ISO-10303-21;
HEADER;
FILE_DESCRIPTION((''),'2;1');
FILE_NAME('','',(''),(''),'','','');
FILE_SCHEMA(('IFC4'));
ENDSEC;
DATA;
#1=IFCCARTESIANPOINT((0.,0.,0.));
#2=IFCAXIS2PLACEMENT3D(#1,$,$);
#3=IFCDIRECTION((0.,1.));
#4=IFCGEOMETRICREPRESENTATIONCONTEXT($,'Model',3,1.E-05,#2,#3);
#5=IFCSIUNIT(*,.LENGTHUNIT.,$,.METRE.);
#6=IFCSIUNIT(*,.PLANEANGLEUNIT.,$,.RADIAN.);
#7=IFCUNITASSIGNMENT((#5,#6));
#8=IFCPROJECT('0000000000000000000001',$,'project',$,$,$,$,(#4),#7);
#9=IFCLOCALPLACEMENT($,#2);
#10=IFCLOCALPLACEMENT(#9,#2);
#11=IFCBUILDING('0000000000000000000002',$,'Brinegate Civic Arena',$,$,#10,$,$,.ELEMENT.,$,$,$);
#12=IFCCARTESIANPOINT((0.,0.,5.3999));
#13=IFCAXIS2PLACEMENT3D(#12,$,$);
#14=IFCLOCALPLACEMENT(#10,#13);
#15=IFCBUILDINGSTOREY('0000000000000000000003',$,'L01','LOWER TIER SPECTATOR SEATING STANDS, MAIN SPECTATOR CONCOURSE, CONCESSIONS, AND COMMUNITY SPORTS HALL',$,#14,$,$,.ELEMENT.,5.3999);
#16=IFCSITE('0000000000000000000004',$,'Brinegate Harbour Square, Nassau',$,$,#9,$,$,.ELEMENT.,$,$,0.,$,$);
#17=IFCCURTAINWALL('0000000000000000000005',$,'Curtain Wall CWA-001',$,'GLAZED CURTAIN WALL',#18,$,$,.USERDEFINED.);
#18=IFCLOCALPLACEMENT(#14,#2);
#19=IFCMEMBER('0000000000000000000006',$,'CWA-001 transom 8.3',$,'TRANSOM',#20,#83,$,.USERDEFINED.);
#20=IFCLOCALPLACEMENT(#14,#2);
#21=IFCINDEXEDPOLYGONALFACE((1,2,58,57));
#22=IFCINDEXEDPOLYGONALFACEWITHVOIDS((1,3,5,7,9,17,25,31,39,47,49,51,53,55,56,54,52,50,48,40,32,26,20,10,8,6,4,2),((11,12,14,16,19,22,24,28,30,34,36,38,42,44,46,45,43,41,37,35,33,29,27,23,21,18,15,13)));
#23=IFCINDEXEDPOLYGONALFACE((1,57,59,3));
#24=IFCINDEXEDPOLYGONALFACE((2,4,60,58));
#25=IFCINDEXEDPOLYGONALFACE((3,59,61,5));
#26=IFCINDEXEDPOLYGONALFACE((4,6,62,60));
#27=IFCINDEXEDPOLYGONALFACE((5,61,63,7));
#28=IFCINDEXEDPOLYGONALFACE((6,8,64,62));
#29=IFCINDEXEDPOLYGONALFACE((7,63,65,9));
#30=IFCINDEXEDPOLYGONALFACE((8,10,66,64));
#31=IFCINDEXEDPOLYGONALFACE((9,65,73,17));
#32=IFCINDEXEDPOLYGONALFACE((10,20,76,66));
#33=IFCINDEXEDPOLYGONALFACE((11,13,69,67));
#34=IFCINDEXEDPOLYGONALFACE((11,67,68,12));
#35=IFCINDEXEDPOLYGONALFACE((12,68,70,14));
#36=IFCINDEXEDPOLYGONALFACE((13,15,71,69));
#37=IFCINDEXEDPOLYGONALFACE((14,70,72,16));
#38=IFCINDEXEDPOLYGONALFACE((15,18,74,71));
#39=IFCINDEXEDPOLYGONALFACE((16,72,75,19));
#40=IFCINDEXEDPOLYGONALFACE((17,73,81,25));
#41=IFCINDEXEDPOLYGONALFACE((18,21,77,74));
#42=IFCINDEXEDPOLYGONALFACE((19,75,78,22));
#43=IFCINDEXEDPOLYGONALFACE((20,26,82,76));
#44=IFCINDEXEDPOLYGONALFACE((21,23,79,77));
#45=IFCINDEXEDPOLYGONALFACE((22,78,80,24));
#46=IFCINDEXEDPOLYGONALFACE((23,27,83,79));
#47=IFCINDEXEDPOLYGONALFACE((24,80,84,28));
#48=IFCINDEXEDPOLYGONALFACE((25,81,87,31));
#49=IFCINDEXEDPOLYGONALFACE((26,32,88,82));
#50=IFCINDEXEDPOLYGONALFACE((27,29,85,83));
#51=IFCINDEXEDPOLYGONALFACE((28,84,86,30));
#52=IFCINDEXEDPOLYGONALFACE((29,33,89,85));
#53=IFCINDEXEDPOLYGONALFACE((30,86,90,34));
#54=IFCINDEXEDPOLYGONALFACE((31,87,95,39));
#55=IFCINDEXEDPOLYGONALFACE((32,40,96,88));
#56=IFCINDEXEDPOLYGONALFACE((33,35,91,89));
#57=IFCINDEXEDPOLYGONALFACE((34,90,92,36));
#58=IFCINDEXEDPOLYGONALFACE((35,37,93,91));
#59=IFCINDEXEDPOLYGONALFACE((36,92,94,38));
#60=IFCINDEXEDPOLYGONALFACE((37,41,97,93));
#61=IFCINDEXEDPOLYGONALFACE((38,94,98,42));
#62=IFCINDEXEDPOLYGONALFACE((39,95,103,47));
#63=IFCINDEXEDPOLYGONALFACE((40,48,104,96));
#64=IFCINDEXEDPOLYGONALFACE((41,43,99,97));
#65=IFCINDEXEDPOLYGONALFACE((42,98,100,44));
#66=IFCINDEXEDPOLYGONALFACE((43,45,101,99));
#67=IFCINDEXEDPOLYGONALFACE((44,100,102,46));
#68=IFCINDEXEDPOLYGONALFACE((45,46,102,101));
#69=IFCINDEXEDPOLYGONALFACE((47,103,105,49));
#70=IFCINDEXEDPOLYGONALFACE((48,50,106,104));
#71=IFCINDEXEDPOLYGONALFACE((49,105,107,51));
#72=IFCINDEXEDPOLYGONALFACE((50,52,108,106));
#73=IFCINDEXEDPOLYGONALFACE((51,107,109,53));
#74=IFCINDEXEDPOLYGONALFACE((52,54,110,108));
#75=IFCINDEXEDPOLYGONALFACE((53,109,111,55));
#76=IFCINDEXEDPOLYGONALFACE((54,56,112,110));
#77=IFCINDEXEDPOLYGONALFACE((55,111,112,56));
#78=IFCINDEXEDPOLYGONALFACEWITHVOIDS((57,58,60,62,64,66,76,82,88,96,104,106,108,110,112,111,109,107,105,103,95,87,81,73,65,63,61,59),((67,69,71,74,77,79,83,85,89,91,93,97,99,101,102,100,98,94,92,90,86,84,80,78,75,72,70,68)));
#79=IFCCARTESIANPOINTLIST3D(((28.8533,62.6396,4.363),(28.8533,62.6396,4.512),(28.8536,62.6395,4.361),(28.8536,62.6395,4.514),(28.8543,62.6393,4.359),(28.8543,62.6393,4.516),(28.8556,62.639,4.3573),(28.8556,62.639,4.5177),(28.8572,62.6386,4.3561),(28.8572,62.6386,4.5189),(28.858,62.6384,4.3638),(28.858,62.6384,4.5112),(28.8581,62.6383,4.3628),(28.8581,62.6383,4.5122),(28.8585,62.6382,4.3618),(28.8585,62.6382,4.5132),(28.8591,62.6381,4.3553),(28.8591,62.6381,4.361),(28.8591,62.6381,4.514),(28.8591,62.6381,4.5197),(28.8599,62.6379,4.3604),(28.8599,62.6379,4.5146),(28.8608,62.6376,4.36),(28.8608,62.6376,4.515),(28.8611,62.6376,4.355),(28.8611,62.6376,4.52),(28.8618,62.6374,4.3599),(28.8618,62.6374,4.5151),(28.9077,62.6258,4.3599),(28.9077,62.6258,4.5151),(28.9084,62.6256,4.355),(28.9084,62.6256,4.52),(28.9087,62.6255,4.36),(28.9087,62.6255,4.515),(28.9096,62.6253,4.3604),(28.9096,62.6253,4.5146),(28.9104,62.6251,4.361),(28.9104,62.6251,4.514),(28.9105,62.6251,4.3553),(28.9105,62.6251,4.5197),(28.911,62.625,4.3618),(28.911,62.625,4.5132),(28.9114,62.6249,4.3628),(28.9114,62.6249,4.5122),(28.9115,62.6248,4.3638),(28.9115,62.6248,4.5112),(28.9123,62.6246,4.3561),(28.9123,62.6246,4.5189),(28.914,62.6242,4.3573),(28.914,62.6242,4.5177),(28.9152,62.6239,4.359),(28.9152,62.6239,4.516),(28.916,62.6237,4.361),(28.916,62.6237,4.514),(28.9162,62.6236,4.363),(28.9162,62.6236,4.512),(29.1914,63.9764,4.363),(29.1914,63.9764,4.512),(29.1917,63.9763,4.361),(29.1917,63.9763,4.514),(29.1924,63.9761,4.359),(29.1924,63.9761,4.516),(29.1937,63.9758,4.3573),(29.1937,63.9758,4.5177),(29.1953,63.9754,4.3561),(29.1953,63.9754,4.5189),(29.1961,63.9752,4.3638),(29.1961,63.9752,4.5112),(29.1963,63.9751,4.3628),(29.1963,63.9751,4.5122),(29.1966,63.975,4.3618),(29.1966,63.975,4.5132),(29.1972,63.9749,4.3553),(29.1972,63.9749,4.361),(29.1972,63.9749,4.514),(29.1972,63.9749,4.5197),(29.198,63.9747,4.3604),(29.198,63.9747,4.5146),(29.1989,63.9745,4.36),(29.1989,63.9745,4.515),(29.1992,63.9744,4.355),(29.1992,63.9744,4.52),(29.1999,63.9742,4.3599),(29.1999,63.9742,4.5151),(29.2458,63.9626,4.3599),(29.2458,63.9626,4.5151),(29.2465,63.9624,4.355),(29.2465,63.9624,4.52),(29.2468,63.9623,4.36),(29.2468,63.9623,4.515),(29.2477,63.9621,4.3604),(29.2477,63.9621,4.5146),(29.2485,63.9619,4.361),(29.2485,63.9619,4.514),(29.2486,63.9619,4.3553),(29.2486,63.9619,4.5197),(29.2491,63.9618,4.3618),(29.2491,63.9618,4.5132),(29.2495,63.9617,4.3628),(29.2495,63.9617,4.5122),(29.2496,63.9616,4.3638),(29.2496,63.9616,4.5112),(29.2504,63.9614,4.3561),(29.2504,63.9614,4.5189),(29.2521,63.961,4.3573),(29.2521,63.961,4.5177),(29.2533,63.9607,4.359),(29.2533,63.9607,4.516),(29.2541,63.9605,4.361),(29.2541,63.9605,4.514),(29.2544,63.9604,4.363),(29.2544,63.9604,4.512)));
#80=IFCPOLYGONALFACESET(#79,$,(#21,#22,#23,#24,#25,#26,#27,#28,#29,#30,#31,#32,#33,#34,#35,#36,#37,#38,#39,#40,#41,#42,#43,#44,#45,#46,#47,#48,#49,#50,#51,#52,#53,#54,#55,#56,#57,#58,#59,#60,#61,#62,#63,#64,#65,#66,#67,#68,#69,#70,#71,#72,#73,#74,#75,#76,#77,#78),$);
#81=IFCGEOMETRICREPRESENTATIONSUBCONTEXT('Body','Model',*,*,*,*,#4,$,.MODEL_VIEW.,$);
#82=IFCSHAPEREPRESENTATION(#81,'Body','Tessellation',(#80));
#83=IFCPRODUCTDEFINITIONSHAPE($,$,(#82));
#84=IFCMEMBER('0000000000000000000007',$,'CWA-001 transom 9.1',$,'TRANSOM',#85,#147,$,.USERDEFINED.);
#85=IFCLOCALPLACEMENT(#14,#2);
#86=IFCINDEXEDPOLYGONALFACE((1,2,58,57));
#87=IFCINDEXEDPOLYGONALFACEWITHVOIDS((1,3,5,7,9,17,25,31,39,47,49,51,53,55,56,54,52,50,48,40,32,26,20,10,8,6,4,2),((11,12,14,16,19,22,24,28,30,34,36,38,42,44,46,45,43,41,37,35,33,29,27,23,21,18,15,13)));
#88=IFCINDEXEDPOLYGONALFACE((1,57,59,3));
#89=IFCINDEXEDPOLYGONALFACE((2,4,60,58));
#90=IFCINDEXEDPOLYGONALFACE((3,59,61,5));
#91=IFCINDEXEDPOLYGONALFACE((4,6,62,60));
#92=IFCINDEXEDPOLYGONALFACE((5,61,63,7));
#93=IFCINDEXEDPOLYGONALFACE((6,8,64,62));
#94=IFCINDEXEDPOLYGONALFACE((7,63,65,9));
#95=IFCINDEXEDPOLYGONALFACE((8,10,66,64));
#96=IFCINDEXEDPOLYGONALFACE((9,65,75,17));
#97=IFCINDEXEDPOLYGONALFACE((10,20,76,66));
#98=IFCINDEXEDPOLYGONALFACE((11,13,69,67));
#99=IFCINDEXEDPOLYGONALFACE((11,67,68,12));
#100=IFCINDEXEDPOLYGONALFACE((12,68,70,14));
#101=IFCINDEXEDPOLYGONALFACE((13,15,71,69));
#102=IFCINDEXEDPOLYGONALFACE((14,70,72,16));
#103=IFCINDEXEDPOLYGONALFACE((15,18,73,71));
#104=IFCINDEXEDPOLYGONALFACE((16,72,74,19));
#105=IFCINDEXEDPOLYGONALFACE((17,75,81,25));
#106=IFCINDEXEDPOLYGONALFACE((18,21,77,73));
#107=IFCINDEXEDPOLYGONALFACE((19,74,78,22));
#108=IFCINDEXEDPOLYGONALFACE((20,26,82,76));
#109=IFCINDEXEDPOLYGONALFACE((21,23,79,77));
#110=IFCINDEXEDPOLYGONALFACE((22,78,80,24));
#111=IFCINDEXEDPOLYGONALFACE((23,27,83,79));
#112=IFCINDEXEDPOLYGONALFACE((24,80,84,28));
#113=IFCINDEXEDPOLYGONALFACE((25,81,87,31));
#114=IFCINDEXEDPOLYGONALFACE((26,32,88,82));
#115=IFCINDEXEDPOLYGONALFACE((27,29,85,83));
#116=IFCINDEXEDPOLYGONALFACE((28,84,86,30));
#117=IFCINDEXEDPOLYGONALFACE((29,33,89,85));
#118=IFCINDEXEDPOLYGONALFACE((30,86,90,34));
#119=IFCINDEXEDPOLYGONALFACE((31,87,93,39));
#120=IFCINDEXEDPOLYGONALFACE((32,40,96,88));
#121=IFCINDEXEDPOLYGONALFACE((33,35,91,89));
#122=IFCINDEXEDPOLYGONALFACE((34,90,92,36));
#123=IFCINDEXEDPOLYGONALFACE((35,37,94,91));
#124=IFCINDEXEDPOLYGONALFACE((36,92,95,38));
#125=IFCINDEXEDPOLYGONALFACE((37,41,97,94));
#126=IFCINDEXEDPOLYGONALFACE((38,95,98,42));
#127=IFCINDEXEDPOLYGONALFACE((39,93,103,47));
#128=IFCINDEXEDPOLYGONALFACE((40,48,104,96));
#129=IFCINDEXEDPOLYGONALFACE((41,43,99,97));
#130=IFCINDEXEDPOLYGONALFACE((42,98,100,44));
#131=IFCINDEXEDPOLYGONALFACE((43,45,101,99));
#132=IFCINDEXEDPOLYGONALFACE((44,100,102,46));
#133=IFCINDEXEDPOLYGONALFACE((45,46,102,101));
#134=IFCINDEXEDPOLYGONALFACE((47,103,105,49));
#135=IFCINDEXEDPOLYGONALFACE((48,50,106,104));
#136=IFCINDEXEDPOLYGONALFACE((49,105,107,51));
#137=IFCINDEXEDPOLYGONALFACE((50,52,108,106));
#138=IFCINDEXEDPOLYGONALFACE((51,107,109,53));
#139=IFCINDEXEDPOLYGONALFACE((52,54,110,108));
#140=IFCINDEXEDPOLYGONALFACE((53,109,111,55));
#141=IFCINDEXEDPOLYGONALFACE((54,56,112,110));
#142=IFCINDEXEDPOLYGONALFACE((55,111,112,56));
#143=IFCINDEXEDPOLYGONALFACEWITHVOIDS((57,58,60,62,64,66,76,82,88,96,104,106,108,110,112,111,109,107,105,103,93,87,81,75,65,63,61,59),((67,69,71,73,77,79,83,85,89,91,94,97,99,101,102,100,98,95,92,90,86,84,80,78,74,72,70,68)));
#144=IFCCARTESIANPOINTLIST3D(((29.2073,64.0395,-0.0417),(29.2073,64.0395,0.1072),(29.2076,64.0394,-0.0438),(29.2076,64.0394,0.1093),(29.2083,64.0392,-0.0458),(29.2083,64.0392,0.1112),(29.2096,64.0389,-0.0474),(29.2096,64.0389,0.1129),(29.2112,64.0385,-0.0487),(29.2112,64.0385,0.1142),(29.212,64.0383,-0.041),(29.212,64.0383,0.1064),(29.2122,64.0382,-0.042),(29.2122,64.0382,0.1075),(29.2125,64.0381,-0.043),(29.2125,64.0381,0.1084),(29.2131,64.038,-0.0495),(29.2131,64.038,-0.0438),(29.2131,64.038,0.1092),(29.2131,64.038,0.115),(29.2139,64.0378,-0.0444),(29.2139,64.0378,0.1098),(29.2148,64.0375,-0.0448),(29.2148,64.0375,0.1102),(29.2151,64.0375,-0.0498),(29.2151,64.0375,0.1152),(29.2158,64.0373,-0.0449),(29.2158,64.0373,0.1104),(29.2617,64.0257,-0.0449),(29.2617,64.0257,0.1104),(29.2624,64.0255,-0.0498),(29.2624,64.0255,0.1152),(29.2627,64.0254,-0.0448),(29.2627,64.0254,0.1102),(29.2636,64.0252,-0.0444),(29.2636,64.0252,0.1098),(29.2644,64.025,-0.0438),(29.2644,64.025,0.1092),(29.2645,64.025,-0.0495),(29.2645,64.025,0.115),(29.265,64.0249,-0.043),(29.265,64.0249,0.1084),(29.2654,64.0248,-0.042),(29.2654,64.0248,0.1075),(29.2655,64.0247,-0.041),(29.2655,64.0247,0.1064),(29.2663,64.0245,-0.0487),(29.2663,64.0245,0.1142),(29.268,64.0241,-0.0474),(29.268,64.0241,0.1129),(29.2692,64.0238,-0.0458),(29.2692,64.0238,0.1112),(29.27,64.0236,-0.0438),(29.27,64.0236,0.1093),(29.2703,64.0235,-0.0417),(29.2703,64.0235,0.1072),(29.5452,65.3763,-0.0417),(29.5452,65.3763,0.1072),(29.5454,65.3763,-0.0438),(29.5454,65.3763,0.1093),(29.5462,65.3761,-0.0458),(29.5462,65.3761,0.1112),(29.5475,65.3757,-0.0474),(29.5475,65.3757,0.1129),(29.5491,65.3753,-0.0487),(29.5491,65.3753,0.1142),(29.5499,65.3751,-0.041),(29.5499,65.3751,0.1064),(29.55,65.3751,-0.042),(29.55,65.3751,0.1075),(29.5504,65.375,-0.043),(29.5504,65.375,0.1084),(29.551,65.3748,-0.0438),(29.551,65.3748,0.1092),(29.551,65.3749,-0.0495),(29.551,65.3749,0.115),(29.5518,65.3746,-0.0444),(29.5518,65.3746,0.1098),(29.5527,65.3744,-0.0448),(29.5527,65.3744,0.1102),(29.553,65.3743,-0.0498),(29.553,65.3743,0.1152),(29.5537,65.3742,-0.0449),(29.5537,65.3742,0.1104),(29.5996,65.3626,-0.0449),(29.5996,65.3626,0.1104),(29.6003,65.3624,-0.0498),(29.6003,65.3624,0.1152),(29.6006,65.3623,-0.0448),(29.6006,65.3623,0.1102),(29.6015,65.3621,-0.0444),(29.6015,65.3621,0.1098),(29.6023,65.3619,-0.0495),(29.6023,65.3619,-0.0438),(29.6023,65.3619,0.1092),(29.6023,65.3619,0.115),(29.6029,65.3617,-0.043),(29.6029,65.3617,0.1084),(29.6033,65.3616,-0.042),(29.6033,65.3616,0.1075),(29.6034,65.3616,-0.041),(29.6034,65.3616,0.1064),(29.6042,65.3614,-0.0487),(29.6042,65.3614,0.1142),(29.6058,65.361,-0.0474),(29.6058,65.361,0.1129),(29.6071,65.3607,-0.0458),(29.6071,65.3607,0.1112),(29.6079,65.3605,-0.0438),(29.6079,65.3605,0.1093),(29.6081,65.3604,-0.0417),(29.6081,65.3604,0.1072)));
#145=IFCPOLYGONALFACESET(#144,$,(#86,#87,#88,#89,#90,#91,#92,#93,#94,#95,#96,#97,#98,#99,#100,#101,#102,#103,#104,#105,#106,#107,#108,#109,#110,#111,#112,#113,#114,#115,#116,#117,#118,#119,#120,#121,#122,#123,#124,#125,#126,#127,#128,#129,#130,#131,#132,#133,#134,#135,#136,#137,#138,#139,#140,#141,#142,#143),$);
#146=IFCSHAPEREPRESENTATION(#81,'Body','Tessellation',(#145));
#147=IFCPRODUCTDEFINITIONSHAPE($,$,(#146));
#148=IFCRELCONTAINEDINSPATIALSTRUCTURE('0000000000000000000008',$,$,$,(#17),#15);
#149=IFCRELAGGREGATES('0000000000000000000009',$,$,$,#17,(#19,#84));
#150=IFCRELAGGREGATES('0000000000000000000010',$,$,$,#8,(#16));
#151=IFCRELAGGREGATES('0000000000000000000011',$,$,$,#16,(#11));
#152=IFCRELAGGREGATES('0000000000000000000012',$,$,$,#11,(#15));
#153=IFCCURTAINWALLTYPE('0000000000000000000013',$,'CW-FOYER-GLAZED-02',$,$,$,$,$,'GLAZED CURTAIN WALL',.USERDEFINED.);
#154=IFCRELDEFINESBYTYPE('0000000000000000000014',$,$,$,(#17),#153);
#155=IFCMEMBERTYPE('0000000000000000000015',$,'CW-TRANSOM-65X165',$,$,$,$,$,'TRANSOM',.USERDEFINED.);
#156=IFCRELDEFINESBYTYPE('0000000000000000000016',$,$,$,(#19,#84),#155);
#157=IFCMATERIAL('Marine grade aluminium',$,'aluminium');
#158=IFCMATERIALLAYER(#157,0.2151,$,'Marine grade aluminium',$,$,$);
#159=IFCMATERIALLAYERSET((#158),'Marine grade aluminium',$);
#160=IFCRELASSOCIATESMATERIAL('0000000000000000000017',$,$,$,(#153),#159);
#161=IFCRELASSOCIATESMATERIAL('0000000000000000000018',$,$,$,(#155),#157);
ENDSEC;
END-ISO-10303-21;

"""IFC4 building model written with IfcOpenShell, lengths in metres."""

from ifc_helpers import new_model, si_unit, direction, frame, origin, origin_2d, place, context, subcontext, project, spatial, hollow_rectangle, extrude, material, layer, layer_set, material_profile, profile_set, type_object, element, aggregate, save


model = new_model("IFC4")

# Units and contexts
model_context = context("Model", 3, precision=1e-05, world=origin(), true_north=direction((0.0, 1.0)))
body_context = subcontext(model_context, "Body", "Model", "MODEL_VIEW")
ifc_project = project(units=[si_unit("LENGTHUNIT", "METRE"), si_unit("PLANEANGLEUNIT", "RADIAN")], contexts=[model_context])

# Site, building, storey
site_placement = place(None, origin())
site = spatial("IfcSite", under=ifc_project, at=site_placement, Name="Brinegate Harbour Square, Nassau", CompositionType="ELEMENT", RefElevation=0.0)
building_placement = place(site_placement, origin())
building = spatial("IfcBuilding", under=site, at=building_placement, Name="Brinegate Civic Arena", CompositionType="ELEMENT")
storey_placement = place(building_placement, frame((0.0, 0.0, 5.3999)))
storey = spatial("IfcBuildingStorey", under=building, at=storey_placement, Name="L01", Description="LOWER TIER SPECTATOR SEATING STANDS, MAIN SPECTATOR CONCOURSE, CONCESSIONS, AND COMMUNITY SPORTS HALL", CompositionType="ELEMENT", Elevation=5.3999)

# Curtain wall, members
ifc_material_1 = material(Name="Marine grade aluminium", Category="aluminium")
ifc_layer_1 = layer(ifc_material_1, 0.2151, Name="Marine grade aluminium")
ifc_layer_set_1 = layer_set([ifc_layer_1], Name="Marine grade aluminium")
curtain_wall_type = type_object("IfcCurtainWallType", Name="CW-FOYER-GLAZED-02", ElementType="GLAZED CURTAIN WALL", PredefinedType="USERDEFINED", material=ifc_layer_set_1)
curtain_wall_placement = place(storey_placement, origin())
curtain_wall = element("IfcCurtainWall", 1, at=curtain_wall_placement, inside=storey, type_object=curtain_wall_type, Name="Curtain Wall CWA-001", ObjectType="GLAZED CURTAIN WALL", PredefinedType="USERDEFINED")
ifc_material_profile_1 = material_profile(ifc_material_1, hollow_rectangle(XDim=0.0649, YDim=0.165, WallThickness=0.0049, InnerFilletRadius=0.0039, OuterFilletRadius=0.0081, at=origin_2d()), Name="TRN65X165")
ifc_profile_set_1 = profile_set([ifc_material_profile_1], Name="Marine grade aluminium")
member_type_1 = type_object("IfcMemberType", Name="CW-TRANSOM-65X165", ElementType="TRANSOM", PredefinedType="USERDEFINED", material=ifc_profile_set_1)
member_1_placement = place(storey_placement, frame((28.8848, 62.6316, 4.4375), z_axis=(0.245201, 0.969472, 0.0), x_axis=(-0.969472, 0.245201, 0.0)))
member_1 = element("IfcMember", 2, at=member_1_placement, type_object=member_type_1, Name="CWA-001 transom 8.3", ObjectType="TRANSOM", PredefinedType="USERDEFINED", context=body_context, shape_type="SweptSolid", body=[
    extrude(hollow_rectangle(XDim=0.0649, YDim=0.165, WallThickness=0.0049, InnerFilletRadius=0.0039, OuterFilletRadius=0.0081, at=origin_2d()), origin(), (0.0, 0.0, 1.0), 1.3789),
])
member_2_placement = place(storey_placement, frame((29.2388, 64.0315, 0.0327), z_axis=(0.245034, 0.969514, 0.0), x_axis=(-0.969514, 0.245034, 0.0)))
member_2 = element("IfcMember", 3, at=member_2_placement, type_object=member_type_1, Name="CWA-001 transom 9.1", ObjectType="TRANSOM", PredefinedType="USERDEFINED", context=body_context, shape_type="SweptSolid", body=[
    extrude(hollow_rectangle(XDim=0.0649, YDim=0.165, WallThickness=0.0049, InnerFilletRadius=0.0039, OuterFilletRadius=0.0081, at=origin_2d()), origin(), (0.0, 0.0, 1.0), 1.3789),
])
aggregate(curtain_wall, [member_1, member_2])

save(model, "model.ifc")
